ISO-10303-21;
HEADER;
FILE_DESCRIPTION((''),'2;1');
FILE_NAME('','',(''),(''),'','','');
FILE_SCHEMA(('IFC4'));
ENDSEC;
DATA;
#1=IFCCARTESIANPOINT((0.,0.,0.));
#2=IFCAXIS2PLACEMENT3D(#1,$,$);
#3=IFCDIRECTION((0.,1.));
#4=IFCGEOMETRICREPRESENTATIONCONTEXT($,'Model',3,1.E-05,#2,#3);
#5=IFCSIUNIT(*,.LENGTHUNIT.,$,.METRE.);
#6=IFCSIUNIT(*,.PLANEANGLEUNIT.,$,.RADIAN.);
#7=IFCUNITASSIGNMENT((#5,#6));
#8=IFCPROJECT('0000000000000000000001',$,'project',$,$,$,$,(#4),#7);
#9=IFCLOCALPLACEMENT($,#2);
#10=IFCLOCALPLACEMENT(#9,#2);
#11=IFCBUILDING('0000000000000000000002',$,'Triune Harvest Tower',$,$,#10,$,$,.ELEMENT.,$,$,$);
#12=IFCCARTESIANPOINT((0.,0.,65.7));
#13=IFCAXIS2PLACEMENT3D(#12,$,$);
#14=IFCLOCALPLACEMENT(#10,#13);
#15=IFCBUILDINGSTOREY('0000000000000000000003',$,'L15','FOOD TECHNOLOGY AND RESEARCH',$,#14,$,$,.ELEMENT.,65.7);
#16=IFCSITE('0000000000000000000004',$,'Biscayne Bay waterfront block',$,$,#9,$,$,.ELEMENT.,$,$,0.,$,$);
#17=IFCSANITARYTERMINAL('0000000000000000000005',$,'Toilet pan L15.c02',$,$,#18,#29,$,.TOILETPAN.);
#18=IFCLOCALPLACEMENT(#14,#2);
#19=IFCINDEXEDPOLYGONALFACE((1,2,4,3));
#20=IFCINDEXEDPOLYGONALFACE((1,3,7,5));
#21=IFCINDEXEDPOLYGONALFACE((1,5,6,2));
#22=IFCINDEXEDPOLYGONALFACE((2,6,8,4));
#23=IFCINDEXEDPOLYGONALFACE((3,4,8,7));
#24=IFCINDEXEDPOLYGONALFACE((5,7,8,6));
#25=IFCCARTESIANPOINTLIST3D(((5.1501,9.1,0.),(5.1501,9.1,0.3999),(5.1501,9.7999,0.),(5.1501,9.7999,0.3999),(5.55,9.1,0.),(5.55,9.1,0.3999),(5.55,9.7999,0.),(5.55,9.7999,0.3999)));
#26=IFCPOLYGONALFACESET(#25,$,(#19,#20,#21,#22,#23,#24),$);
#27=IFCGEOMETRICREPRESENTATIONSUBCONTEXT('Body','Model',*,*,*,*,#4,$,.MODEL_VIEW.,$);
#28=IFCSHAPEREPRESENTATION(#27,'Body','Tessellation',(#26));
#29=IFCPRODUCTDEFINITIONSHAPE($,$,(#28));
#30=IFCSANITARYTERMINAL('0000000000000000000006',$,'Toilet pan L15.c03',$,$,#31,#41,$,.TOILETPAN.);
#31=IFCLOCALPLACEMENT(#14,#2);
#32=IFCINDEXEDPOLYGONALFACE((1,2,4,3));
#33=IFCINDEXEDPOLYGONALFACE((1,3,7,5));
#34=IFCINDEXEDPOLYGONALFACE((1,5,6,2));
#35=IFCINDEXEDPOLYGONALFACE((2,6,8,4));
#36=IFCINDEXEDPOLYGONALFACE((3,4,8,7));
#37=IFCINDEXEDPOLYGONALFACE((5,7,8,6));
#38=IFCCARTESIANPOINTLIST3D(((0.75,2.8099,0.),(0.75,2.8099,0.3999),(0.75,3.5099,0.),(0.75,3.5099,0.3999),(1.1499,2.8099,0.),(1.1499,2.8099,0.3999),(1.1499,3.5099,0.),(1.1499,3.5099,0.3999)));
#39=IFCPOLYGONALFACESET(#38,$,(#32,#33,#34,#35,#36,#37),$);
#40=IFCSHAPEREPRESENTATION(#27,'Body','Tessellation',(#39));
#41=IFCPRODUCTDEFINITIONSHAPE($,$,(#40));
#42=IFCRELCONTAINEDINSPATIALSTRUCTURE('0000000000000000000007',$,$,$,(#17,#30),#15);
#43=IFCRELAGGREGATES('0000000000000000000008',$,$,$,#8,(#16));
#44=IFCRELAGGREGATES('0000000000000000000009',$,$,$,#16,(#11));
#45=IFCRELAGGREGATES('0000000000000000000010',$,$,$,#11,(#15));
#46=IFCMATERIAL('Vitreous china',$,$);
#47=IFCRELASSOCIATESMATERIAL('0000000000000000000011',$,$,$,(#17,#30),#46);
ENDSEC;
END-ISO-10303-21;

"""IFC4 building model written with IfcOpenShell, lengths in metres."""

from ifc_helpers import new_model, si_unit, direction, frame, origin, origin_2d, place, context, subcontext, project, spatial, rectangle, extrude, source, transform, mapped, material, element, save


model = new_model("IFC4")

# Units and contexts
model_context = context("Model", 3, precision=1e-05, world=origin(), true_north=direction((0.0, 1.0)))
body_context = subcontext(model_context, "Body", "Model", "MODEL_VIEW")
ifc_project = project(units=[si_unit("LENGTHUNIT", "METRE"), si_unit("PLANEANGLEUNIT", "RADIAN")], contexts=[model_context])

# Site, building, storey
site_placement = place(None, origin())
site = spatial("IfcSite", under=ifc_project, at=site_placement, Name="Biscayne Bay waterfront block", CompositionType="ELEMENT", RefElevation=0.0)
building_placement = place(site_placement, origin())
building = spatial("IfcBuilding", under=site, at=building_placement, Name="Triune Harvest Tower", CompositionType="ELEMENT")
storey_placement = place(building_placement, frame((0.0, 0.0, 65.7)))
storey = spatial("IfcBuildingStorey", under=building, at=storey_placement, Name="L15", Description="FOOD TECHNOLOGY AND RESEARCH", CompositionType="ELEMENT", Elevation=65.7)

# Sanitary terminals
ifc_material_1 = material(Name="Vitreous china")
shared_shape_1 = source(origin(), body_context, "Body", "SweptSolid", [
    extrude(rectangle(XDim=0.3999, YDim=0.7, at=origin_2d()), origin(), (0.0, 0.0, 1.0), 0.3999),
])
for number, where, z_axis, x_axis, name in (
    (1, (5.3501, 9.45, 0.0), (0.0, 0.0, 1.0), (1.0, 0.0, 0.0), "Toilet pan L15.c02"),
    (2, (0.95, 3.1599, 0.0), (0.0, 0.0, 1.0), (-1.0, 0.0, 0.0), "Toilet pan L15.c03"),
):
    element("IfcSanitaryTerminal", number, at=place(storey_placement, frame(where, z_axis=z_axis, x_axis=x_axis)), inside=storey, material=ifc_material_1, Name=name, PredefinedType="TOILETPAN", context=body_context, shape_type="MappedRepresentation", body=[
        mapped(shared_shape_1, transform((0.0, 0.0, 0.0), scale=1.0)),
    ])

save(model, "model.ifc")
